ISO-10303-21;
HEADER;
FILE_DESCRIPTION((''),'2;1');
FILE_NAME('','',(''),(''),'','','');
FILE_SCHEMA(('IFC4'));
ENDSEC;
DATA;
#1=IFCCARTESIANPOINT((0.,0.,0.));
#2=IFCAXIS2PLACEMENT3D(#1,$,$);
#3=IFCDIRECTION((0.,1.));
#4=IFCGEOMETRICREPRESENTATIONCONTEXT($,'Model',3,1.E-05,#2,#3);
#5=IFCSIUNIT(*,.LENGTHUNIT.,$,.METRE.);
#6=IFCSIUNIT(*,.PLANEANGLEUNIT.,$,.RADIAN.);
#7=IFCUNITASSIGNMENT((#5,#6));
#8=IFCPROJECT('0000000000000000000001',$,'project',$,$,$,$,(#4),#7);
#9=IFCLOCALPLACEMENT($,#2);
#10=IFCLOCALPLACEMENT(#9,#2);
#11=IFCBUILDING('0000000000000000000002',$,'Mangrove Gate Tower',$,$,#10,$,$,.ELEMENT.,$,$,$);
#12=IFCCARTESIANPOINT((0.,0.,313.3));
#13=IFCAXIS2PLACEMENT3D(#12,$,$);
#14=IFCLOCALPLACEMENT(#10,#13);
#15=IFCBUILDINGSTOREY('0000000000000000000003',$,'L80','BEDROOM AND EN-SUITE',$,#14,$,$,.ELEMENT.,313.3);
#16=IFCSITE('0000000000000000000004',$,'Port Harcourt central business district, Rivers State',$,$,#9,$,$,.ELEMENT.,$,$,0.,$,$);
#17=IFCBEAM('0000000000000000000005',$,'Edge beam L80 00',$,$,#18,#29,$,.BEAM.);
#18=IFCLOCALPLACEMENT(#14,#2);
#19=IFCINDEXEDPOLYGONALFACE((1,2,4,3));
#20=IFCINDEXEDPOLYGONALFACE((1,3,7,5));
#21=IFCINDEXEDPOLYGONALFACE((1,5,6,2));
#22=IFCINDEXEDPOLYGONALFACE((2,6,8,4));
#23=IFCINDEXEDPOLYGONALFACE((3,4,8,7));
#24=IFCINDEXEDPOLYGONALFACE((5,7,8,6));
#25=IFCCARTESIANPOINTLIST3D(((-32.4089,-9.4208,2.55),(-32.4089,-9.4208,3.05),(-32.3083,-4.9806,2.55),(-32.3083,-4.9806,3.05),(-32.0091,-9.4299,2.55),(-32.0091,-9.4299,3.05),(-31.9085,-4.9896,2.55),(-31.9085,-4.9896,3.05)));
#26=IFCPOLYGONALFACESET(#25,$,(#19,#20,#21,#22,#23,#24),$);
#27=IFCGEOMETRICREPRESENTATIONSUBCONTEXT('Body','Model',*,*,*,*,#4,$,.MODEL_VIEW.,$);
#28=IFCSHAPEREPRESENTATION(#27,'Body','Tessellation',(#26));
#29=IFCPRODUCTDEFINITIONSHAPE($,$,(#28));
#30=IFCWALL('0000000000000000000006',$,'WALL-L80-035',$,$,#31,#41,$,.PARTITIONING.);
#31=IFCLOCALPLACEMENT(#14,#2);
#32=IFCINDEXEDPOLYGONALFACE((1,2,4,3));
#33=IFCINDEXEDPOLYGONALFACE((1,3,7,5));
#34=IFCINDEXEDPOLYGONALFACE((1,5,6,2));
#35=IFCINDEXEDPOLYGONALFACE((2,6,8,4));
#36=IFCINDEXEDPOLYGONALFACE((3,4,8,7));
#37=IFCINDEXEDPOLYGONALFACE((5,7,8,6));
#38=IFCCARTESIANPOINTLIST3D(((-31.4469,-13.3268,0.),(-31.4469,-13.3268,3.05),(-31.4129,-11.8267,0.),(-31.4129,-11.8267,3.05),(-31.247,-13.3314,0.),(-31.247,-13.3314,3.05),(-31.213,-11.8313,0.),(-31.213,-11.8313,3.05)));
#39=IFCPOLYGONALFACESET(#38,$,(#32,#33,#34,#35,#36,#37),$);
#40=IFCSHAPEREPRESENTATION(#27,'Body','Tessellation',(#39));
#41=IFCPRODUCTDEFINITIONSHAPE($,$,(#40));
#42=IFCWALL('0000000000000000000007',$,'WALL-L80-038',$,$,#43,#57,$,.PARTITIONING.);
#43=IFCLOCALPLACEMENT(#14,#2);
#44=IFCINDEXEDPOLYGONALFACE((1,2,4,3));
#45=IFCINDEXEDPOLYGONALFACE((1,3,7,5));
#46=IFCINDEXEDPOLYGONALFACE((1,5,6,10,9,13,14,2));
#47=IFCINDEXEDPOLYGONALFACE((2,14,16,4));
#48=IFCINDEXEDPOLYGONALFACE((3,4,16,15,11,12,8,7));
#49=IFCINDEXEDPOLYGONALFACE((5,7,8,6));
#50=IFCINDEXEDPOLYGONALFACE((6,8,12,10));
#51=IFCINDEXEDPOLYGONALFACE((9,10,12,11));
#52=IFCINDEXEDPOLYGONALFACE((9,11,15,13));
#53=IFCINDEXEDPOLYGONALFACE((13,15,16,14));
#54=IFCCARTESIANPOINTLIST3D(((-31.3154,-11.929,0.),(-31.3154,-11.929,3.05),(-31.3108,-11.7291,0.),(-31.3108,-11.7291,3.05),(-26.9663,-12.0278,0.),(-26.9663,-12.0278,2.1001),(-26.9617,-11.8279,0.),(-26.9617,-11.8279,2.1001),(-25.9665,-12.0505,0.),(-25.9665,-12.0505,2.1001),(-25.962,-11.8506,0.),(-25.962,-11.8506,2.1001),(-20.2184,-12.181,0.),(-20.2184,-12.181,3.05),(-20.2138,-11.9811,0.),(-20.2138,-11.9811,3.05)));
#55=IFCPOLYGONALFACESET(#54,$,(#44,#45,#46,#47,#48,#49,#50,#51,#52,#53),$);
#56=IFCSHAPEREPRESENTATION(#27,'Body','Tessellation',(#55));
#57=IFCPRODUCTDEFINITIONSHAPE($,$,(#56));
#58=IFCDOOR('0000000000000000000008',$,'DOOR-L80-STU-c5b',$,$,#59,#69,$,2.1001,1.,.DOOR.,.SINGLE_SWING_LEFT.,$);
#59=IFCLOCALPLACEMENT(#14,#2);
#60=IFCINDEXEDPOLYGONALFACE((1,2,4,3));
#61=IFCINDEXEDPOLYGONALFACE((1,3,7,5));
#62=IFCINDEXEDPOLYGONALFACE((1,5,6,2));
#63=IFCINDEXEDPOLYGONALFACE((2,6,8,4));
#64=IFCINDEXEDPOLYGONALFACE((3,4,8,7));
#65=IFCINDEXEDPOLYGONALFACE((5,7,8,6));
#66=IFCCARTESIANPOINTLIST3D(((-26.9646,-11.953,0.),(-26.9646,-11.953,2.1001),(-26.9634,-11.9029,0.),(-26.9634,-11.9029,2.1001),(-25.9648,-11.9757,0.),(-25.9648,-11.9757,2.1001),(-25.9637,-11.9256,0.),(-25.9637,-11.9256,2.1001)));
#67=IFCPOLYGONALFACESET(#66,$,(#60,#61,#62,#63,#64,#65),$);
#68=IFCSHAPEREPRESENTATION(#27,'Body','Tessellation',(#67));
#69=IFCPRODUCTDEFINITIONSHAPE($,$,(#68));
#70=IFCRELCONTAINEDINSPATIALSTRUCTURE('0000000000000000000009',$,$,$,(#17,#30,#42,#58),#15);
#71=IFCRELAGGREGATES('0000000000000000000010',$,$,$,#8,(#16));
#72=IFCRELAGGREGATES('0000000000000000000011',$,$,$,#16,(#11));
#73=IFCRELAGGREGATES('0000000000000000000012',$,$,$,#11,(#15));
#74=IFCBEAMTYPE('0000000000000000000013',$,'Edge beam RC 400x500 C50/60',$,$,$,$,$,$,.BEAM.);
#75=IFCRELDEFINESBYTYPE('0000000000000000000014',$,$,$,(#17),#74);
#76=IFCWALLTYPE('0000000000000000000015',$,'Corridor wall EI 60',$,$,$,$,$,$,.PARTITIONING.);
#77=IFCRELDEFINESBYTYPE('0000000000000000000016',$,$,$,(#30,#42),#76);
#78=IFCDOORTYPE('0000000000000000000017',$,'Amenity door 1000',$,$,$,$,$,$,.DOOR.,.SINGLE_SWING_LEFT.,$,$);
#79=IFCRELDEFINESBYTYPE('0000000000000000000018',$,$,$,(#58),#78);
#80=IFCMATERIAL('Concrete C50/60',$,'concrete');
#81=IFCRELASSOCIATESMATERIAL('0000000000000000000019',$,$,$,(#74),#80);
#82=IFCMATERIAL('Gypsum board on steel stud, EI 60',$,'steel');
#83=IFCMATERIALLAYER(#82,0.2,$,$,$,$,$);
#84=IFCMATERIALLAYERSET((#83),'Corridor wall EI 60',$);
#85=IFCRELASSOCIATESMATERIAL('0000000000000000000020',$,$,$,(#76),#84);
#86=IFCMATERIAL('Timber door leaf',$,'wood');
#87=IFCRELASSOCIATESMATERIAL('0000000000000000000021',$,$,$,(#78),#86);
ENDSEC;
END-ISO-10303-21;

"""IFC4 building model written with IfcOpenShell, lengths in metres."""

from ifc_helpers import new_model, si_unit, direction, frame, frame_2d, origin, origin_2d, place, context, subcontext, project, spatial, rectangle, extrude, material, layer, layer_set, material_profile, profile_set, type_object, element, fill, save


model = new_model("IFC4")

# Units and contexts
model_context = context("Model", 3, precision=1e-05, world=origin(), true_north=direction((0.0, 1.0)))
body_context = subcontext(model_context, "Body", "Model", "MODEL_VIEW")
ifc_project = project(units=[si_unit("LENGTHUNIT", "METRE"), si_unit("PLANEANGLEUNIT", "RADIAN")], contexts=[model_context])

# Site, building, storey
site_placement = place(None, origin())
site = spatial("IfcSite", under=ifc_project, at=site_placement, Name="Port Harcourt central business district, Rivers State", CompositionType="ELEMENT", RefElevation=0.0)
building_placement = place(site_placement, origin())
building = spatial("IfcBuilding", under=site, at=building_placement, Name="Mangrove Gate Tower", CompositionType="ELEMENT")
storey_placement = place(building_placement, frame((0.0, 0.0, 313.3)))
storey = spatial("IfcBuildingStorey", under=building, at=storey_placement, Name="L80", Description="BEDROOM AND EN-SUITE", CompositionType="ELEMENT", Elevation=313.3)

# Beam
ifc_material_1 = material(Name="Concrete C50/60", Category="concrete")
ifc_material_profile = material_profile(ifc_material_1, rectangle(XDim=0.3999, YDim=0.5, at=origin_2d()))
ifc_profile_set = profile_set([ifc_material_profile], Name="Concrete C50/60")
beam_type = type_object("IfcBeamType", Name="Edge beam RC 400x500 C50/60", PredefinedType="BEAM", material=ifc_profile_set)
beam_placement = place(storey_placement, frame((-32.1084, -4.9851, 2.8), z_axis=(-0.022648, -0.999744, 0.0), x_axis=(0.999744, -0.022648, 0.0)))
element("IfcBeam", 1, at=beam_placement, inside=storey, type_object=beam_type, Name="Edge beam L80 00", PredefinedType="BEAM", context=body_context, shape_type="SweptSolid", body=[
    extrude(rectangle(XDim=0.3999, YDim=0.5, at=origin_2d()), origin(), (0.0, 0.0, 1.0), 4.4414),
])

# Shared definitions
ifc_material_2 = material(Name="Gypsum board on steel stud, EI 60", Category="steel")
ifc_layer = layer(ifc_material_2, 0.2)
ifc_layer_set = layer_set([ifc_layer], Name="Corridor wall EI 60")
wall_type = type_object("IfcWallType", Name="Corridor wall EI 60", PredefinedType="PARTITIONING", material=ifc_layer_set)
ifc_material_3 = material(Name="Timber door leaf", Category="wood")
door_type_1 = type_object("IfcDoorType", Name="Amenity door 1000", OperationType="SINGLE_SWING_LEFT", PredefinedType="DOOR", material=ifc_material_3)

# Wall
wall_1_placement = place(storey_placement, frame((-31.3469, -13.3291, 0.0), z_axis=(0.0, 0.0, 1.0), x_axis=(0.022618, 0.999744, 0.0)))
element("IfcWall", 2, at=wall_1_placement, inside=storey, type_object=wall_type, Name="WALL-L80-035", PredefinedType="PARTITIONING", context=body_context, shape_type="SweptSolid", body=[
    extrude(rectangle(XDim=1.5005, YDim=0.2, at=frame_2d((0.7502, 0.0))), origin(), (0.0, 0.0, 1.0), 3.05),
])

# Wall, opening, door
wall_2_placement = place(storey_placement, frame((-31.313, -11.8291, 0.0), z_axis=(0.0, 0.0, 1.0), x_axis=(0.999742, -0.022699, 0.0)))
wall_2 = element("IfcWall", 3, at=wall_2_placement, inside=storey, type_object=wall_type, Name="WALL-L80-038", PredefinedType="PARTITIONING", context=body_context, shape_type="SweptSolid", body=[
    extrude(rectangle(XDim=11.0999, YDim=0.2, at=frame_2d((5.5498, 0.0))), origin(), (0.0, 0.0, 1.0), 3.05),
])
opening_1_placement = place(wall_2_placement, frame((4.3501, 0.0, 0.0)))
opening_1 = element("IfcOpeningElement", 4, at=opening_1_placement, cuts=wall_2, PredefinedType="OPENING", context=body_context, shape_type="SweptSolid", body=[
    extrude(rectangle(XDim=1.0, YDim=2.1001, at=frame_2d((0.5, 1.05))), frame((0.0, 0.1099, 0.0), z_axis=(0.0, -1.0, 0.0), x_axis=(1.0, 0.0, 0.0)), (0.0, 0.0, 1.0), 0.22),
])
door_1_placement = place(opening_1_placement, origin())
door_1 = element("IfcDoor", 5, at=door_1_placement, inside=storey, type_object=door_type_1, Name="DOOR-L80-STU-c5b", OperationType="SINGLE_SWING_LEFT", OverallHeight=2.1001, OverallWidth=1.0, PredefinedType="DOOR", context=body_context, shape_type="SweptSolid", body=[
    extrude(rectangle(XDim=1.0, YDim=2.1001, at=frame_2d((0.5, 1.05))), frame((0.0, 0.0249, 0.0), z_axis=(0.0, -1.0, 0.0), x_axis=(1.0, 0.0, 0.0)), (0.0, 0.0, 1.0), 0.05),
])
fill(opening_1, door_1)

save(model, "model.ifc")
